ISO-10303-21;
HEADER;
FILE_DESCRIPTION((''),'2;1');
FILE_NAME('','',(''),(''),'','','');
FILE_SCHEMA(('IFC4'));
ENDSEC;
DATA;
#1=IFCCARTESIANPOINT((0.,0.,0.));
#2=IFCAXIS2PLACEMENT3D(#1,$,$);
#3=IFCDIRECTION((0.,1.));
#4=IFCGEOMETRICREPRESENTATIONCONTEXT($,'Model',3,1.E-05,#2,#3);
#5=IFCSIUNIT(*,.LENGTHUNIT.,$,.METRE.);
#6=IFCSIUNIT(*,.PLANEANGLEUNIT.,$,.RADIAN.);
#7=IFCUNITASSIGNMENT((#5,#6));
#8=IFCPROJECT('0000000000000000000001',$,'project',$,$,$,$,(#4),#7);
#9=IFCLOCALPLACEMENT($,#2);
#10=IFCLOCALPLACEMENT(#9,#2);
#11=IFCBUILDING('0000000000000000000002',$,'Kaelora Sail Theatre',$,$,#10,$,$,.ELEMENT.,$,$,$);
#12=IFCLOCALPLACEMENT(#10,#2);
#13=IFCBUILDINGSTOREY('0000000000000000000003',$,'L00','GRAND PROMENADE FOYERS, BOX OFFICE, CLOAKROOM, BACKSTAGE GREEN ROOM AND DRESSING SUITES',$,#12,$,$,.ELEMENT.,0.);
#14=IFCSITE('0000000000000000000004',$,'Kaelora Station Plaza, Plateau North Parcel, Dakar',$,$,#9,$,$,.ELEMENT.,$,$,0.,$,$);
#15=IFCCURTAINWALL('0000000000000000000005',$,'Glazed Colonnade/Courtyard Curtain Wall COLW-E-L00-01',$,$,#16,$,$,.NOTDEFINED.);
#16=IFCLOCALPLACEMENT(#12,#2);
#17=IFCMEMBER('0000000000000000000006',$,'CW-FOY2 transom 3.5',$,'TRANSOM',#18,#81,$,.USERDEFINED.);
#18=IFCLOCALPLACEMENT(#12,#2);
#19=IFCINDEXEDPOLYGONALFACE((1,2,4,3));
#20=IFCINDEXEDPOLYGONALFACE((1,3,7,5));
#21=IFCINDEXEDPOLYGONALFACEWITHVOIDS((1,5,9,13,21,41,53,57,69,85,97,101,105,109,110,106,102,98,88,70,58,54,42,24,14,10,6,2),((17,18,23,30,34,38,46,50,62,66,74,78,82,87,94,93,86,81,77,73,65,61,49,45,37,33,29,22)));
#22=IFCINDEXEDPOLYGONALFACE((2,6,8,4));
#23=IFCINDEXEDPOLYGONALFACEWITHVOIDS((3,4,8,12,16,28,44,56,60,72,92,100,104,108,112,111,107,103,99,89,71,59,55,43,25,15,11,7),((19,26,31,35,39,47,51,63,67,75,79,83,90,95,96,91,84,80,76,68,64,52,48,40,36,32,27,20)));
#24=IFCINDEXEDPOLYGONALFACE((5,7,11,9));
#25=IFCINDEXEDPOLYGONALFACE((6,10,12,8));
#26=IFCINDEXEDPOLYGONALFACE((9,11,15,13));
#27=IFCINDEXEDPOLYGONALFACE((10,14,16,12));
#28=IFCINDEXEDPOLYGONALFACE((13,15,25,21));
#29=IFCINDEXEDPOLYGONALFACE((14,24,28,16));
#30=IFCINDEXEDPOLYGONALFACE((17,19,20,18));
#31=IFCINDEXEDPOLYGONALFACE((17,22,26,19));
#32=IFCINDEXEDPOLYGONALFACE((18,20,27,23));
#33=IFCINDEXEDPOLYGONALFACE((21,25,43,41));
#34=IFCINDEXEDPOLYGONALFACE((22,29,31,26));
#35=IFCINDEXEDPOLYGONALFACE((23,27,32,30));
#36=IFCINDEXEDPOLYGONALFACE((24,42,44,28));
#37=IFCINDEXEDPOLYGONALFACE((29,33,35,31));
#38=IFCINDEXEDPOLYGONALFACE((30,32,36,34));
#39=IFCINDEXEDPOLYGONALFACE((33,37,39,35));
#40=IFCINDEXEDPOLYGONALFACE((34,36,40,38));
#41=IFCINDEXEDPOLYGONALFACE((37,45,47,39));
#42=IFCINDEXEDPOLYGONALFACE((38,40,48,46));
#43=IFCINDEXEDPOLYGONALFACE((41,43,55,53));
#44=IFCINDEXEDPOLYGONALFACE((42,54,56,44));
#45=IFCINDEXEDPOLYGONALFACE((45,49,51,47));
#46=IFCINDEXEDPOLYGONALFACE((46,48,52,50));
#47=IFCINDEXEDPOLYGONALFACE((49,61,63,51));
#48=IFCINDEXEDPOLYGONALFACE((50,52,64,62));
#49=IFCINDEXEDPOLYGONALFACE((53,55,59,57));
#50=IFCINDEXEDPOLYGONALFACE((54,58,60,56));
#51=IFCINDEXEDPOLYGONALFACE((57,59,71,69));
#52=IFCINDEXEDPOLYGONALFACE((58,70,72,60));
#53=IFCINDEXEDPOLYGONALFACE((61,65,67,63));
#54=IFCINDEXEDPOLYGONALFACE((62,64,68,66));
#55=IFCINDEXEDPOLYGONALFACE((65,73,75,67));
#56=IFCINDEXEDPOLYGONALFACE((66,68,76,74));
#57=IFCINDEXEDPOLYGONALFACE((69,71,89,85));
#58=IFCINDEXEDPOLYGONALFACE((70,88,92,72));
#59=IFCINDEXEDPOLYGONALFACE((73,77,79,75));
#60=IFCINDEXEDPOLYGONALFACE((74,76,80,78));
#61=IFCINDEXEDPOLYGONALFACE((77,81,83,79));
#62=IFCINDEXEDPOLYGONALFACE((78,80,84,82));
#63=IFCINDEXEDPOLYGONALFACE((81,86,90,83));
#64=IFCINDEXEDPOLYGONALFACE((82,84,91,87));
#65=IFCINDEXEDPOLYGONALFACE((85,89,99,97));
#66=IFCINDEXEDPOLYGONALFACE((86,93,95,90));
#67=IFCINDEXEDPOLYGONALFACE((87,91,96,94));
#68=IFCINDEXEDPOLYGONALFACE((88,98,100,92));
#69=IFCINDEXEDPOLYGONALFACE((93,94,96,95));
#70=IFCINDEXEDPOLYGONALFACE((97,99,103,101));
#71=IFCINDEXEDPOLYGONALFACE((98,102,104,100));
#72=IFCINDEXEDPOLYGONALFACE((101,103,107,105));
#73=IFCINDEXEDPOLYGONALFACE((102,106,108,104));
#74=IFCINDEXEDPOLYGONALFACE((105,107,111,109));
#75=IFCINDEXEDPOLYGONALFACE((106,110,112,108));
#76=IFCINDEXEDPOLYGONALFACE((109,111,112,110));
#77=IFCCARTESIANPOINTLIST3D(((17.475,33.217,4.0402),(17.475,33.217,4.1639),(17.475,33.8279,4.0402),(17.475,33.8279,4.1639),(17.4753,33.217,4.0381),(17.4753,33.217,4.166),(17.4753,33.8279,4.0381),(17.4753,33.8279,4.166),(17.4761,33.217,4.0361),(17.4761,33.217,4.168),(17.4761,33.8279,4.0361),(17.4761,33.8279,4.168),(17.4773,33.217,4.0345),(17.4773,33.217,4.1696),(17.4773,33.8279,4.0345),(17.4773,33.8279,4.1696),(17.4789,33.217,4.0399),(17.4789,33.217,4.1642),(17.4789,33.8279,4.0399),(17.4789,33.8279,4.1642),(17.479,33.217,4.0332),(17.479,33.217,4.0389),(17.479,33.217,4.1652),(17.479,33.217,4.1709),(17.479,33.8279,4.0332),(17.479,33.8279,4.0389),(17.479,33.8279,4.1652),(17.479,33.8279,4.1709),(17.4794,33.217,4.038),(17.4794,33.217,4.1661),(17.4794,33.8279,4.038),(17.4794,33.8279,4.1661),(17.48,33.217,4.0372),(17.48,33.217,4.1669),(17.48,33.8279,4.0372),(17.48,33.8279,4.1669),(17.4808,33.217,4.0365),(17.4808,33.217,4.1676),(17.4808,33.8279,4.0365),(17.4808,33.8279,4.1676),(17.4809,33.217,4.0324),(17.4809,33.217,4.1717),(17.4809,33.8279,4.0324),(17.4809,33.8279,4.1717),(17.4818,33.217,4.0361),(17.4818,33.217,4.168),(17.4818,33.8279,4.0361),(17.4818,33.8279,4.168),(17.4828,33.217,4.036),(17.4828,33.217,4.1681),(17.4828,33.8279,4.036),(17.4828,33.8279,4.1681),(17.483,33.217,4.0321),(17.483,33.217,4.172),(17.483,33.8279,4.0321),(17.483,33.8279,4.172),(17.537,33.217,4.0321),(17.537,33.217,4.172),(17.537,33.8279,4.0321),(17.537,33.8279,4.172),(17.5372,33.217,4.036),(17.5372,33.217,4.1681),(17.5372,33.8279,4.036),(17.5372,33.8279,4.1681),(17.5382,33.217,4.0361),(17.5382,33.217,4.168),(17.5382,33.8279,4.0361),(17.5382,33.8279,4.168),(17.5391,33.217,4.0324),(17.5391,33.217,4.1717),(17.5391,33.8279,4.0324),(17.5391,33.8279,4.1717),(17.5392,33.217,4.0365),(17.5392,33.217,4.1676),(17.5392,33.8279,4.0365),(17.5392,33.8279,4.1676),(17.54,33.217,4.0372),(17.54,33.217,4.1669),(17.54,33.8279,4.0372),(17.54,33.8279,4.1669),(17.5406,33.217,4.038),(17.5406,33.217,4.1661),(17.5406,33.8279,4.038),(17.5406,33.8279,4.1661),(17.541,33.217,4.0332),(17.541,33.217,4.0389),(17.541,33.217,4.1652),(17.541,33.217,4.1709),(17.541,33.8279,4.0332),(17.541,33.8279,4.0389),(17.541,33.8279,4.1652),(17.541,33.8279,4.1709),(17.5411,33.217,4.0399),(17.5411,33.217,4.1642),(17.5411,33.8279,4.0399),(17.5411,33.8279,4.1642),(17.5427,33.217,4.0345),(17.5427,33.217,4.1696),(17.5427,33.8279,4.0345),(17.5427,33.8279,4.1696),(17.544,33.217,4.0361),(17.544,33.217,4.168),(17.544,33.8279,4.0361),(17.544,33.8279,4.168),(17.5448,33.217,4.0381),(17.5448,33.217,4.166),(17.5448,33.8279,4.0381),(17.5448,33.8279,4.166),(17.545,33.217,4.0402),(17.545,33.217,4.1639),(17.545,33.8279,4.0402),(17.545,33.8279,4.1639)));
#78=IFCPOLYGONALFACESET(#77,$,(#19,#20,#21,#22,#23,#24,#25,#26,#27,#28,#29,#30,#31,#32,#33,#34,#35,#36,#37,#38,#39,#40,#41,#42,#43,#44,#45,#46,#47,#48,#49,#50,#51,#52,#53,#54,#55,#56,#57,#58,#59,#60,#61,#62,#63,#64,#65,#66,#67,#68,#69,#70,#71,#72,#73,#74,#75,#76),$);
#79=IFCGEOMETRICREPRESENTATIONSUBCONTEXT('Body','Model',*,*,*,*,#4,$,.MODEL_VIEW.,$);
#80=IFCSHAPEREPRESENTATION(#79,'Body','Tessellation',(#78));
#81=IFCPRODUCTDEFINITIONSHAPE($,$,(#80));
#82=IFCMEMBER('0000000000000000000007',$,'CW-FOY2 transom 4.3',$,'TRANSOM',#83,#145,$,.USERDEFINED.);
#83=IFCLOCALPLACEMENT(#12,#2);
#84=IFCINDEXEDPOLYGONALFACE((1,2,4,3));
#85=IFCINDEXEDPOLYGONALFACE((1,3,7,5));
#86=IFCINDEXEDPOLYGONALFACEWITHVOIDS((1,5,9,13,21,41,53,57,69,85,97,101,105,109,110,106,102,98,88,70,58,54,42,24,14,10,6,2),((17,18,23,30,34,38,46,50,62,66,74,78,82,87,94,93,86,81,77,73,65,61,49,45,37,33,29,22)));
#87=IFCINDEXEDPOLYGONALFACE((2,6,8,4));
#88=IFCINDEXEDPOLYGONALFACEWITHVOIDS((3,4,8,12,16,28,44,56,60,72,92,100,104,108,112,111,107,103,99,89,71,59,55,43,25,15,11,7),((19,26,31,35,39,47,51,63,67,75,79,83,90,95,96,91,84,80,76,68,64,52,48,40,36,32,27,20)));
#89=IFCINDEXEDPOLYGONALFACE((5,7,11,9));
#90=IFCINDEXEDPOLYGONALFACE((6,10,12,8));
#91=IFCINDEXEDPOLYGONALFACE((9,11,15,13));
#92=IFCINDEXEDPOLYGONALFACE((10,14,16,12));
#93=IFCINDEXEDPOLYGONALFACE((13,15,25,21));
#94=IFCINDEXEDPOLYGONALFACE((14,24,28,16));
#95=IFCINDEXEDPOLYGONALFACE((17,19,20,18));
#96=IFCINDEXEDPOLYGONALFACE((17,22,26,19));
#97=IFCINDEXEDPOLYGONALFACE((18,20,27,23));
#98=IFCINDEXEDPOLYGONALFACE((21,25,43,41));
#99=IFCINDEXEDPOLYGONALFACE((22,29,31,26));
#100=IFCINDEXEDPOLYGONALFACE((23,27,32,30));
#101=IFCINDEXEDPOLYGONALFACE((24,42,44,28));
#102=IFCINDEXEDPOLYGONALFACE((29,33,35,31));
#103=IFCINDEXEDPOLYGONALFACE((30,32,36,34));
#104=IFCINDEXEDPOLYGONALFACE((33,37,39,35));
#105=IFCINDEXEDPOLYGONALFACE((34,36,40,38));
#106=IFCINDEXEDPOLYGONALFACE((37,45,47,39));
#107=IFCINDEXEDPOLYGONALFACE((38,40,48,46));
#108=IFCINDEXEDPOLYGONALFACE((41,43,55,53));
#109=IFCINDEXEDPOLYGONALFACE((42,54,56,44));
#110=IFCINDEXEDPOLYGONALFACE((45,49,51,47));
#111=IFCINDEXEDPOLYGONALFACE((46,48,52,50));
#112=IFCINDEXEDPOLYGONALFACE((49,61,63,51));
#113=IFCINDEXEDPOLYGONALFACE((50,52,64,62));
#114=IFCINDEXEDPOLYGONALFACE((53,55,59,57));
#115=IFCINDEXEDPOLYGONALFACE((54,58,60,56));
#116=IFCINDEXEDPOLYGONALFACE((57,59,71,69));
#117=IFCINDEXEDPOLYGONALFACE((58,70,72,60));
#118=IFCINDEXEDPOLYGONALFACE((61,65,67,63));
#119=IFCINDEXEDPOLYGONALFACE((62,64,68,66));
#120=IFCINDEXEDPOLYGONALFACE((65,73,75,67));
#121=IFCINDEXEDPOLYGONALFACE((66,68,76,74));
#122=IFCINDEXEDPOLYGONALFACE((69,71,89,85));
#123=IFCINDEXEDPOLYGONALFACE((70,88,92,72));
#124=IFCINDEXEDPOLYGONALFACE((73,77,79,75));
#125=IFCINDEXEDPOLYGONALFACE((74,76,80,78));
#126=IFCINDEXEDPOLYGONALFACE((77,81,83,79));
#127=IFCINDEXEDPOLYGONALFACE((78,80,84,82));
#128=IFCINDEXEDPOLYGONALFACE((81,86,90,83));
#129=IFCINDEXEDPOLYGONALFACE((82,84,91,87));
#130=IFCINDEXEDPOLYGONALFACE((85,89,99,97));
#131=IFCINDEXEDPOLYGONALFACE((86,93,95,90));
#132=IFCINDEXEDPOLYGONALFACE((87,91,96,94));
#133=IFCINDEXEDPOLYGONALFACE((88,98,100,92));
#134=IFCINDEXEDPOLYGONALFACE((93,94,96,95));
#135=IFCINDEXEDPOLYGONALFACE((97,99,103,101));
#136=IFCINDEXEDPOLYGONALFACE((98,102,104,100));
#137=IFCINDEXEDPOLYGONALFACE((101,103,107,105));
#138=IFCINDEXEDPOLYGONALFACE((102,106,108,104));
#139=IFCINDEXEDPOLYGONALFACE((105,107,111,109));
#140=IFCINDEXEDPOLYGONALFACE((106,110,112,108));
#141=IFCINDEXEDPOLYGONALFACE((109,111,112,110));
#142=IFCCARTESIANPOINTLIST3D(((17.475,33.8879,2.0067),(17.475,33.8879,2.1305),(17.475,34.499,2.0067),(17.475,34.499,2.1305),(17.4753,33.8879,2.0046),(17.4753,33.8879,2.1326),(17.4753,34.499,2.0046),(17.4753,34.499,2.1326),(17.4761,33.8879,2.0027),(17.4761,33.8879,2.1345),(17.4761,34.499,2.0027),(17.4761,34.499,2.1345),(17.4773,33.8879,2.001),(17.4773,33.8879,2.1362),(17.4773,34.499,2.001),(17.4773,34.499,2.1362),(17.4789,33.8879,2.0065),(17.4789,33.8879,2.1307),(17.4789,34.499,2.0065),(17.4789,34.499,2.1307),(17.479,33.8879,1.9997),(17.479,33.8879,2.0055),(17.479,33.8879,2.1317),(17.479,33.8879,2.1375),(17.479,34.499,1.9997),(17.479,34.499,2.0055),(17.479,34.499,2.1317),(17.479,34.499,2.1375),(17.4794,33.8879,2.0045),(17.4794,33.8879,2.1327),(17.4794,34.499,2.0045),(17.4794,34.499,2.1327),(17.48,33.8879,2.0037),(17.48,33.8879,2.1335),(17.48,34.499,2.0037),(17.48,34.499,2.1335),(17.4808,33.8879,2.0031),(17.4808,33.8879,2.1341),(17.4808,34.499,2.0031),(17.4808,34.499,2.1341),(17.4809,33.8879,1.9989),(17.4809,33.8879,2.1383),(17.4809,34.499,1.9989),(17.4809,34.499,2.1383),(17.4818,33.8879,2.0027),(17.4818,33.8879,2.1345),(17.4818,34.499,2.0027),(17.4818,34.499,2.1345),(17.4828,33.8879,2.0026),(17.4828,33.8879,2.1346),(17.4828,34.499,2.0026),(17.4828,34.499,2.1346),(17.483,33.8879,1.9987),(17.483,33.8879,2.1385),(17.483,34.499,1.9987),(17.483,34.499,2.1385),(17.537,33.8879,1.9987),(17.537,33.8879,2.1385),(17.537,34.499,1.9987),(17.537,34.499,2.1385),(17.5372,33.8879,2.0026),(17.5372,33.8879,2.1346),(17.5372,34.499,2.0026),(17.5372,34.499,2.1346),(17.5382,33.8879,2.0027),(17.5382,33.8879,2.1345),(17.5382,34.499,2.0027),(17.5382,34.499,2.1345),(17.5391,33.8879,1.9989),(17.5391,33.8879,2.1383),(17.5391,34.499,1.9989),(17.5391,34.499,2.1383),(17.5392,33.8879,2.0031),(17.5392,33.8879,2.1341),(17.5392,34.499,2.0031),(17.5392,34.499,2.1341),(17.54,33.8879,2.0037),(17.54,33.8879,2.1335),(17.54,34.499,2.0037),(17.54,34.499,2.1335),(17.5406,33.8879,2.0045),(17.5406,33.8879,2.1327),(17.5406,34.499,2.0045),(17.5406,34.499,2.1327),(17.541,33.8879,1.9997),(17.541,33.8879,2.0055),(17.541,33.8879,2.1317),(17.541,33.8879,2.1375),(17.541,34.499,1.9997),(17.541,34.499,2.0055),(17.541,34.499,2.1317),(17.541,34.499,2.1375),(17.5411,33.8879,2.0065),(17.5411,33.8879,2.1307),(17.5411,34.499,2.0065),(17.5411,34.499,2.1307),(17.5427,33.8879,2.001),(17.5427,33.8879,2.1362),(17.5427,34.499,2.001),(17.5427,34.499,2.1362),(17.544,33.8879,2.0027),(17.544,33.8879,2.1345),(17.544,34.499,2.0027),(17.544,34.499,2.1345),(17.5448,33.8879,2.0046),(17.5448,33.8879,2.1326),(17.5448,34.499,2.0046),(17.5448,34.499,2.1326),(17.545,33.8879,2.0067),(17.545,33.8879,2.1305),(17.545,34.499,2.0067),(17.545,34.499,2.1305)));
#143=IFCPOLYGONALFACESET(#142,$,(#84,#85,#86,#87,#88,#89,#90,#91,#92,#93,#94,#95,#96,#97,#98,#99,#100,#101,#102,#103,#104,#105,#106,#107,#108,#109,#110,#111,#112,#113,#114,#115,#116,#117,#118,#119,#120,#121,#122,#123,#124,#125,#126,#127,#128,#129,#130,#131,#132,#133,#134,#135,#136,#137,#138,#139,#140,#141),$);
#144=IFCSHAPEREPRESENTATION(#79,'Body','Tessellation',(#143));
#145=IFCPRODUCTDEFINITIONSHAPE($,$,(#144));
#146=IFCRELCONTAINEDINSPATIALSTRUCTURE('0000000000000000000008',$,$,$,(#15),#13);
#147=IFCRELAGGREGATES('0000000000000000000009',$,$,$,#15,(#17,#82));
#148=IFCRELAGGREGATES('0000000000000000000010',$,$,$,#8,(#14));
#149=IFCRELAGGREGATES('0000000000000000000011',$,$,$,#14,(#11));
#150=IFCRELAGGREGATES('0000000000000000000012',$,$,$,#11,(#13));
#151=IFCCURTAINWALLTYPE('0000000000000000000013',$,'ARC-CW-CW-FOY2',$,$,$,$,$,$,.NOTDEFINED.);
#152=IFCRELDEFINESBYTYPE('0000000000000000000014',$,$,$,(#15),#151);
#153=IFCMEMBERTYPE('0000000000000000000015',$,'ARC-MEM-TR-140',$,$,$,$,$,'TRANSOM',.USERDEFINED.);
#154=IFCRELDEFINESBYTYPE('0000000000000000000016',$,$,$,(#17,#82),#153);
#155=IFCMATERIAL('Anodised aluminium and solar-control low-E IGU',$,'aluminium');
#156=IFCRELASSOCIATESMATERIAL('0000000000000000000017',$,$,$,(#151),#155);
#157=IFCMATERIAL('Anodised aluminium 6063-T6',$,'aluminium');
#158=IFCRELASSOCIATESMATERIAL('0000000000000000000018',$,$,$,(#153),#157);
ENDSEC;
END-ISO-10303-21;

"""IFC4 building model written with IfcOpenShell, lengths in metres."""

from ifc_helpers import new_model, si_unit, direction, frame, origin, origin_2d, place, context, subcontext, project, spatial, hollow_rectangle, extrude, material, material_profile, profile_set, type_object, element, aggregate, save


model = new_model("IFC4")

# Units and contexts
model_context = context("Model", 3, precision=1e-05, world=origin(), true_north=direction((0.0, 1.0)))
body_context = subcontext(model_context, "Body", "Model", "MODEL_VIEW")
ifc_project = project(units=[si_unit("LENGTHUNIT", "METRE"), si_unit("PLANEANGLEUNIT", "RADIAN")], contexts=[model_context])

# Site, building, storey
site_placement = place(None, origin())
site = spatial("IfcSite", under=ifc_project, at=site_placement, Name="Kaelora Station Plaza, Plateau North Parcel, Dakar", CompositionType="ELEMENT", RefElevation=0.0)
building_placement = place(site_placement, origin())
building = spatial("IfcBuilding", under=site, at=building_placement, Name="Kaelora Sail Theatre", CompositionType="ELEMENT")
storey_placement = place(building_placement, origin())
storey = spatial("IfcBuildingStorey", under=building, at=storey_placement, Name="L00", Description="GRAND PROMENADE FOYERS, BOX OFFICE, CLOAKROOM, BACKSTAGE GREEN ROOM AND DRESSING SUITES", CompositionType="ELEMENT", Elevation=0.0)

# Curtain wall, members
ifc_material_1 = material(Name="Anodised aluminium and solar-control low-E IGU", Category="aluminium")
curtain_wall_type = type_object("IfcCurtainWallType", Name="ARC-CW-CW-FOY2", PredefinedType="NOTDEFINED", material=ifc_material_1)
curtain_wall_placement = place(storey_placement, origin())
curtain_wall = element("IfcCurtainWall", 1, at=curtain_wall_placement, inside=storey, type_object=curtain_wall_type, Name="Glazed Colonnade/Courtyard Curtain Wall COLW-E-L00-01", PredefinedType="NOTDEFINED")
ifc_material_2 = material(Name="Anodised aluminium 6063-T6", Category="aluminium")
ifc_material_profile = material_profile(ifc_material_2, hollow_rectangle(XDim=0.0701, YDim=0.1399, WallThickness=0.0039, InnerFilletRadius=0.0039, OuterFilletRadius=0.0081, at=origin_2d()), Name="ALU-TRAN 70x140x4")
ifc_profile_set = profile_set([ifc_material_profile], Name="Anodised aluminium 6063-T6")
member_type = type_object("IfcMemberType", Name="ARC-MEM-TR-140", ElementType="TRANSOM", PredefinedType="USERDEFINED", material=ifc_profile_set)
member_1_placement = place(storey_placement, frame((17.51, 33.217, 4.1021), z_axis=(0.0, 1.0, 0.0), x_axis=(-1.0, 0.0, 0.0)))
member_1 = element("IfcMember", 2, at=member_1_placement, type_object=member_type, Name="CW-FOY2 transom 3.5", ObjectType="TRANSOM", PredefinedType="USERDEFINED", context=body_context, shape_type="SweptSolid", body=[
    extrude(hollow_rectangle(XDim=0.0701, YDim=0.1399, WallThickness=0.0039, InnerFilletRadius=0.0039, OuterFilletRadius=0.0081, at=origin_2d()), origin(), (0.0, 0.0, 1.0), 0.6108),
])
member_2_placement = place(storey_placement, frame((17.51, 33.8879, 2.0686), z_axis=(0.0, 1.0, 0.0), x_axis=(-1.0, 0.0, 0.0)))
member_2 = element("IfcMember", 3, at=member_2_placement, type_object=member_type, Name="CW-FOY2 transom 4.3", ObjectType="TRANSOM", PredefinedType="USERDEFINED", context=body_context, shape_type="SweptSolid", body=[
    extrude(hollow_rectangle(XDim=0.0701, YDim=0.1399, WallThickness=0.0039, InnerFilletRadius=0.0039, OuterFilletRadius=0.0081, at=origin_2d()), origin(), (0.0, 0.0, 1.0), 0.6111),
])
aggregate(curtain_wall, [member_1, member_2])

save(model, "model.ifc")
